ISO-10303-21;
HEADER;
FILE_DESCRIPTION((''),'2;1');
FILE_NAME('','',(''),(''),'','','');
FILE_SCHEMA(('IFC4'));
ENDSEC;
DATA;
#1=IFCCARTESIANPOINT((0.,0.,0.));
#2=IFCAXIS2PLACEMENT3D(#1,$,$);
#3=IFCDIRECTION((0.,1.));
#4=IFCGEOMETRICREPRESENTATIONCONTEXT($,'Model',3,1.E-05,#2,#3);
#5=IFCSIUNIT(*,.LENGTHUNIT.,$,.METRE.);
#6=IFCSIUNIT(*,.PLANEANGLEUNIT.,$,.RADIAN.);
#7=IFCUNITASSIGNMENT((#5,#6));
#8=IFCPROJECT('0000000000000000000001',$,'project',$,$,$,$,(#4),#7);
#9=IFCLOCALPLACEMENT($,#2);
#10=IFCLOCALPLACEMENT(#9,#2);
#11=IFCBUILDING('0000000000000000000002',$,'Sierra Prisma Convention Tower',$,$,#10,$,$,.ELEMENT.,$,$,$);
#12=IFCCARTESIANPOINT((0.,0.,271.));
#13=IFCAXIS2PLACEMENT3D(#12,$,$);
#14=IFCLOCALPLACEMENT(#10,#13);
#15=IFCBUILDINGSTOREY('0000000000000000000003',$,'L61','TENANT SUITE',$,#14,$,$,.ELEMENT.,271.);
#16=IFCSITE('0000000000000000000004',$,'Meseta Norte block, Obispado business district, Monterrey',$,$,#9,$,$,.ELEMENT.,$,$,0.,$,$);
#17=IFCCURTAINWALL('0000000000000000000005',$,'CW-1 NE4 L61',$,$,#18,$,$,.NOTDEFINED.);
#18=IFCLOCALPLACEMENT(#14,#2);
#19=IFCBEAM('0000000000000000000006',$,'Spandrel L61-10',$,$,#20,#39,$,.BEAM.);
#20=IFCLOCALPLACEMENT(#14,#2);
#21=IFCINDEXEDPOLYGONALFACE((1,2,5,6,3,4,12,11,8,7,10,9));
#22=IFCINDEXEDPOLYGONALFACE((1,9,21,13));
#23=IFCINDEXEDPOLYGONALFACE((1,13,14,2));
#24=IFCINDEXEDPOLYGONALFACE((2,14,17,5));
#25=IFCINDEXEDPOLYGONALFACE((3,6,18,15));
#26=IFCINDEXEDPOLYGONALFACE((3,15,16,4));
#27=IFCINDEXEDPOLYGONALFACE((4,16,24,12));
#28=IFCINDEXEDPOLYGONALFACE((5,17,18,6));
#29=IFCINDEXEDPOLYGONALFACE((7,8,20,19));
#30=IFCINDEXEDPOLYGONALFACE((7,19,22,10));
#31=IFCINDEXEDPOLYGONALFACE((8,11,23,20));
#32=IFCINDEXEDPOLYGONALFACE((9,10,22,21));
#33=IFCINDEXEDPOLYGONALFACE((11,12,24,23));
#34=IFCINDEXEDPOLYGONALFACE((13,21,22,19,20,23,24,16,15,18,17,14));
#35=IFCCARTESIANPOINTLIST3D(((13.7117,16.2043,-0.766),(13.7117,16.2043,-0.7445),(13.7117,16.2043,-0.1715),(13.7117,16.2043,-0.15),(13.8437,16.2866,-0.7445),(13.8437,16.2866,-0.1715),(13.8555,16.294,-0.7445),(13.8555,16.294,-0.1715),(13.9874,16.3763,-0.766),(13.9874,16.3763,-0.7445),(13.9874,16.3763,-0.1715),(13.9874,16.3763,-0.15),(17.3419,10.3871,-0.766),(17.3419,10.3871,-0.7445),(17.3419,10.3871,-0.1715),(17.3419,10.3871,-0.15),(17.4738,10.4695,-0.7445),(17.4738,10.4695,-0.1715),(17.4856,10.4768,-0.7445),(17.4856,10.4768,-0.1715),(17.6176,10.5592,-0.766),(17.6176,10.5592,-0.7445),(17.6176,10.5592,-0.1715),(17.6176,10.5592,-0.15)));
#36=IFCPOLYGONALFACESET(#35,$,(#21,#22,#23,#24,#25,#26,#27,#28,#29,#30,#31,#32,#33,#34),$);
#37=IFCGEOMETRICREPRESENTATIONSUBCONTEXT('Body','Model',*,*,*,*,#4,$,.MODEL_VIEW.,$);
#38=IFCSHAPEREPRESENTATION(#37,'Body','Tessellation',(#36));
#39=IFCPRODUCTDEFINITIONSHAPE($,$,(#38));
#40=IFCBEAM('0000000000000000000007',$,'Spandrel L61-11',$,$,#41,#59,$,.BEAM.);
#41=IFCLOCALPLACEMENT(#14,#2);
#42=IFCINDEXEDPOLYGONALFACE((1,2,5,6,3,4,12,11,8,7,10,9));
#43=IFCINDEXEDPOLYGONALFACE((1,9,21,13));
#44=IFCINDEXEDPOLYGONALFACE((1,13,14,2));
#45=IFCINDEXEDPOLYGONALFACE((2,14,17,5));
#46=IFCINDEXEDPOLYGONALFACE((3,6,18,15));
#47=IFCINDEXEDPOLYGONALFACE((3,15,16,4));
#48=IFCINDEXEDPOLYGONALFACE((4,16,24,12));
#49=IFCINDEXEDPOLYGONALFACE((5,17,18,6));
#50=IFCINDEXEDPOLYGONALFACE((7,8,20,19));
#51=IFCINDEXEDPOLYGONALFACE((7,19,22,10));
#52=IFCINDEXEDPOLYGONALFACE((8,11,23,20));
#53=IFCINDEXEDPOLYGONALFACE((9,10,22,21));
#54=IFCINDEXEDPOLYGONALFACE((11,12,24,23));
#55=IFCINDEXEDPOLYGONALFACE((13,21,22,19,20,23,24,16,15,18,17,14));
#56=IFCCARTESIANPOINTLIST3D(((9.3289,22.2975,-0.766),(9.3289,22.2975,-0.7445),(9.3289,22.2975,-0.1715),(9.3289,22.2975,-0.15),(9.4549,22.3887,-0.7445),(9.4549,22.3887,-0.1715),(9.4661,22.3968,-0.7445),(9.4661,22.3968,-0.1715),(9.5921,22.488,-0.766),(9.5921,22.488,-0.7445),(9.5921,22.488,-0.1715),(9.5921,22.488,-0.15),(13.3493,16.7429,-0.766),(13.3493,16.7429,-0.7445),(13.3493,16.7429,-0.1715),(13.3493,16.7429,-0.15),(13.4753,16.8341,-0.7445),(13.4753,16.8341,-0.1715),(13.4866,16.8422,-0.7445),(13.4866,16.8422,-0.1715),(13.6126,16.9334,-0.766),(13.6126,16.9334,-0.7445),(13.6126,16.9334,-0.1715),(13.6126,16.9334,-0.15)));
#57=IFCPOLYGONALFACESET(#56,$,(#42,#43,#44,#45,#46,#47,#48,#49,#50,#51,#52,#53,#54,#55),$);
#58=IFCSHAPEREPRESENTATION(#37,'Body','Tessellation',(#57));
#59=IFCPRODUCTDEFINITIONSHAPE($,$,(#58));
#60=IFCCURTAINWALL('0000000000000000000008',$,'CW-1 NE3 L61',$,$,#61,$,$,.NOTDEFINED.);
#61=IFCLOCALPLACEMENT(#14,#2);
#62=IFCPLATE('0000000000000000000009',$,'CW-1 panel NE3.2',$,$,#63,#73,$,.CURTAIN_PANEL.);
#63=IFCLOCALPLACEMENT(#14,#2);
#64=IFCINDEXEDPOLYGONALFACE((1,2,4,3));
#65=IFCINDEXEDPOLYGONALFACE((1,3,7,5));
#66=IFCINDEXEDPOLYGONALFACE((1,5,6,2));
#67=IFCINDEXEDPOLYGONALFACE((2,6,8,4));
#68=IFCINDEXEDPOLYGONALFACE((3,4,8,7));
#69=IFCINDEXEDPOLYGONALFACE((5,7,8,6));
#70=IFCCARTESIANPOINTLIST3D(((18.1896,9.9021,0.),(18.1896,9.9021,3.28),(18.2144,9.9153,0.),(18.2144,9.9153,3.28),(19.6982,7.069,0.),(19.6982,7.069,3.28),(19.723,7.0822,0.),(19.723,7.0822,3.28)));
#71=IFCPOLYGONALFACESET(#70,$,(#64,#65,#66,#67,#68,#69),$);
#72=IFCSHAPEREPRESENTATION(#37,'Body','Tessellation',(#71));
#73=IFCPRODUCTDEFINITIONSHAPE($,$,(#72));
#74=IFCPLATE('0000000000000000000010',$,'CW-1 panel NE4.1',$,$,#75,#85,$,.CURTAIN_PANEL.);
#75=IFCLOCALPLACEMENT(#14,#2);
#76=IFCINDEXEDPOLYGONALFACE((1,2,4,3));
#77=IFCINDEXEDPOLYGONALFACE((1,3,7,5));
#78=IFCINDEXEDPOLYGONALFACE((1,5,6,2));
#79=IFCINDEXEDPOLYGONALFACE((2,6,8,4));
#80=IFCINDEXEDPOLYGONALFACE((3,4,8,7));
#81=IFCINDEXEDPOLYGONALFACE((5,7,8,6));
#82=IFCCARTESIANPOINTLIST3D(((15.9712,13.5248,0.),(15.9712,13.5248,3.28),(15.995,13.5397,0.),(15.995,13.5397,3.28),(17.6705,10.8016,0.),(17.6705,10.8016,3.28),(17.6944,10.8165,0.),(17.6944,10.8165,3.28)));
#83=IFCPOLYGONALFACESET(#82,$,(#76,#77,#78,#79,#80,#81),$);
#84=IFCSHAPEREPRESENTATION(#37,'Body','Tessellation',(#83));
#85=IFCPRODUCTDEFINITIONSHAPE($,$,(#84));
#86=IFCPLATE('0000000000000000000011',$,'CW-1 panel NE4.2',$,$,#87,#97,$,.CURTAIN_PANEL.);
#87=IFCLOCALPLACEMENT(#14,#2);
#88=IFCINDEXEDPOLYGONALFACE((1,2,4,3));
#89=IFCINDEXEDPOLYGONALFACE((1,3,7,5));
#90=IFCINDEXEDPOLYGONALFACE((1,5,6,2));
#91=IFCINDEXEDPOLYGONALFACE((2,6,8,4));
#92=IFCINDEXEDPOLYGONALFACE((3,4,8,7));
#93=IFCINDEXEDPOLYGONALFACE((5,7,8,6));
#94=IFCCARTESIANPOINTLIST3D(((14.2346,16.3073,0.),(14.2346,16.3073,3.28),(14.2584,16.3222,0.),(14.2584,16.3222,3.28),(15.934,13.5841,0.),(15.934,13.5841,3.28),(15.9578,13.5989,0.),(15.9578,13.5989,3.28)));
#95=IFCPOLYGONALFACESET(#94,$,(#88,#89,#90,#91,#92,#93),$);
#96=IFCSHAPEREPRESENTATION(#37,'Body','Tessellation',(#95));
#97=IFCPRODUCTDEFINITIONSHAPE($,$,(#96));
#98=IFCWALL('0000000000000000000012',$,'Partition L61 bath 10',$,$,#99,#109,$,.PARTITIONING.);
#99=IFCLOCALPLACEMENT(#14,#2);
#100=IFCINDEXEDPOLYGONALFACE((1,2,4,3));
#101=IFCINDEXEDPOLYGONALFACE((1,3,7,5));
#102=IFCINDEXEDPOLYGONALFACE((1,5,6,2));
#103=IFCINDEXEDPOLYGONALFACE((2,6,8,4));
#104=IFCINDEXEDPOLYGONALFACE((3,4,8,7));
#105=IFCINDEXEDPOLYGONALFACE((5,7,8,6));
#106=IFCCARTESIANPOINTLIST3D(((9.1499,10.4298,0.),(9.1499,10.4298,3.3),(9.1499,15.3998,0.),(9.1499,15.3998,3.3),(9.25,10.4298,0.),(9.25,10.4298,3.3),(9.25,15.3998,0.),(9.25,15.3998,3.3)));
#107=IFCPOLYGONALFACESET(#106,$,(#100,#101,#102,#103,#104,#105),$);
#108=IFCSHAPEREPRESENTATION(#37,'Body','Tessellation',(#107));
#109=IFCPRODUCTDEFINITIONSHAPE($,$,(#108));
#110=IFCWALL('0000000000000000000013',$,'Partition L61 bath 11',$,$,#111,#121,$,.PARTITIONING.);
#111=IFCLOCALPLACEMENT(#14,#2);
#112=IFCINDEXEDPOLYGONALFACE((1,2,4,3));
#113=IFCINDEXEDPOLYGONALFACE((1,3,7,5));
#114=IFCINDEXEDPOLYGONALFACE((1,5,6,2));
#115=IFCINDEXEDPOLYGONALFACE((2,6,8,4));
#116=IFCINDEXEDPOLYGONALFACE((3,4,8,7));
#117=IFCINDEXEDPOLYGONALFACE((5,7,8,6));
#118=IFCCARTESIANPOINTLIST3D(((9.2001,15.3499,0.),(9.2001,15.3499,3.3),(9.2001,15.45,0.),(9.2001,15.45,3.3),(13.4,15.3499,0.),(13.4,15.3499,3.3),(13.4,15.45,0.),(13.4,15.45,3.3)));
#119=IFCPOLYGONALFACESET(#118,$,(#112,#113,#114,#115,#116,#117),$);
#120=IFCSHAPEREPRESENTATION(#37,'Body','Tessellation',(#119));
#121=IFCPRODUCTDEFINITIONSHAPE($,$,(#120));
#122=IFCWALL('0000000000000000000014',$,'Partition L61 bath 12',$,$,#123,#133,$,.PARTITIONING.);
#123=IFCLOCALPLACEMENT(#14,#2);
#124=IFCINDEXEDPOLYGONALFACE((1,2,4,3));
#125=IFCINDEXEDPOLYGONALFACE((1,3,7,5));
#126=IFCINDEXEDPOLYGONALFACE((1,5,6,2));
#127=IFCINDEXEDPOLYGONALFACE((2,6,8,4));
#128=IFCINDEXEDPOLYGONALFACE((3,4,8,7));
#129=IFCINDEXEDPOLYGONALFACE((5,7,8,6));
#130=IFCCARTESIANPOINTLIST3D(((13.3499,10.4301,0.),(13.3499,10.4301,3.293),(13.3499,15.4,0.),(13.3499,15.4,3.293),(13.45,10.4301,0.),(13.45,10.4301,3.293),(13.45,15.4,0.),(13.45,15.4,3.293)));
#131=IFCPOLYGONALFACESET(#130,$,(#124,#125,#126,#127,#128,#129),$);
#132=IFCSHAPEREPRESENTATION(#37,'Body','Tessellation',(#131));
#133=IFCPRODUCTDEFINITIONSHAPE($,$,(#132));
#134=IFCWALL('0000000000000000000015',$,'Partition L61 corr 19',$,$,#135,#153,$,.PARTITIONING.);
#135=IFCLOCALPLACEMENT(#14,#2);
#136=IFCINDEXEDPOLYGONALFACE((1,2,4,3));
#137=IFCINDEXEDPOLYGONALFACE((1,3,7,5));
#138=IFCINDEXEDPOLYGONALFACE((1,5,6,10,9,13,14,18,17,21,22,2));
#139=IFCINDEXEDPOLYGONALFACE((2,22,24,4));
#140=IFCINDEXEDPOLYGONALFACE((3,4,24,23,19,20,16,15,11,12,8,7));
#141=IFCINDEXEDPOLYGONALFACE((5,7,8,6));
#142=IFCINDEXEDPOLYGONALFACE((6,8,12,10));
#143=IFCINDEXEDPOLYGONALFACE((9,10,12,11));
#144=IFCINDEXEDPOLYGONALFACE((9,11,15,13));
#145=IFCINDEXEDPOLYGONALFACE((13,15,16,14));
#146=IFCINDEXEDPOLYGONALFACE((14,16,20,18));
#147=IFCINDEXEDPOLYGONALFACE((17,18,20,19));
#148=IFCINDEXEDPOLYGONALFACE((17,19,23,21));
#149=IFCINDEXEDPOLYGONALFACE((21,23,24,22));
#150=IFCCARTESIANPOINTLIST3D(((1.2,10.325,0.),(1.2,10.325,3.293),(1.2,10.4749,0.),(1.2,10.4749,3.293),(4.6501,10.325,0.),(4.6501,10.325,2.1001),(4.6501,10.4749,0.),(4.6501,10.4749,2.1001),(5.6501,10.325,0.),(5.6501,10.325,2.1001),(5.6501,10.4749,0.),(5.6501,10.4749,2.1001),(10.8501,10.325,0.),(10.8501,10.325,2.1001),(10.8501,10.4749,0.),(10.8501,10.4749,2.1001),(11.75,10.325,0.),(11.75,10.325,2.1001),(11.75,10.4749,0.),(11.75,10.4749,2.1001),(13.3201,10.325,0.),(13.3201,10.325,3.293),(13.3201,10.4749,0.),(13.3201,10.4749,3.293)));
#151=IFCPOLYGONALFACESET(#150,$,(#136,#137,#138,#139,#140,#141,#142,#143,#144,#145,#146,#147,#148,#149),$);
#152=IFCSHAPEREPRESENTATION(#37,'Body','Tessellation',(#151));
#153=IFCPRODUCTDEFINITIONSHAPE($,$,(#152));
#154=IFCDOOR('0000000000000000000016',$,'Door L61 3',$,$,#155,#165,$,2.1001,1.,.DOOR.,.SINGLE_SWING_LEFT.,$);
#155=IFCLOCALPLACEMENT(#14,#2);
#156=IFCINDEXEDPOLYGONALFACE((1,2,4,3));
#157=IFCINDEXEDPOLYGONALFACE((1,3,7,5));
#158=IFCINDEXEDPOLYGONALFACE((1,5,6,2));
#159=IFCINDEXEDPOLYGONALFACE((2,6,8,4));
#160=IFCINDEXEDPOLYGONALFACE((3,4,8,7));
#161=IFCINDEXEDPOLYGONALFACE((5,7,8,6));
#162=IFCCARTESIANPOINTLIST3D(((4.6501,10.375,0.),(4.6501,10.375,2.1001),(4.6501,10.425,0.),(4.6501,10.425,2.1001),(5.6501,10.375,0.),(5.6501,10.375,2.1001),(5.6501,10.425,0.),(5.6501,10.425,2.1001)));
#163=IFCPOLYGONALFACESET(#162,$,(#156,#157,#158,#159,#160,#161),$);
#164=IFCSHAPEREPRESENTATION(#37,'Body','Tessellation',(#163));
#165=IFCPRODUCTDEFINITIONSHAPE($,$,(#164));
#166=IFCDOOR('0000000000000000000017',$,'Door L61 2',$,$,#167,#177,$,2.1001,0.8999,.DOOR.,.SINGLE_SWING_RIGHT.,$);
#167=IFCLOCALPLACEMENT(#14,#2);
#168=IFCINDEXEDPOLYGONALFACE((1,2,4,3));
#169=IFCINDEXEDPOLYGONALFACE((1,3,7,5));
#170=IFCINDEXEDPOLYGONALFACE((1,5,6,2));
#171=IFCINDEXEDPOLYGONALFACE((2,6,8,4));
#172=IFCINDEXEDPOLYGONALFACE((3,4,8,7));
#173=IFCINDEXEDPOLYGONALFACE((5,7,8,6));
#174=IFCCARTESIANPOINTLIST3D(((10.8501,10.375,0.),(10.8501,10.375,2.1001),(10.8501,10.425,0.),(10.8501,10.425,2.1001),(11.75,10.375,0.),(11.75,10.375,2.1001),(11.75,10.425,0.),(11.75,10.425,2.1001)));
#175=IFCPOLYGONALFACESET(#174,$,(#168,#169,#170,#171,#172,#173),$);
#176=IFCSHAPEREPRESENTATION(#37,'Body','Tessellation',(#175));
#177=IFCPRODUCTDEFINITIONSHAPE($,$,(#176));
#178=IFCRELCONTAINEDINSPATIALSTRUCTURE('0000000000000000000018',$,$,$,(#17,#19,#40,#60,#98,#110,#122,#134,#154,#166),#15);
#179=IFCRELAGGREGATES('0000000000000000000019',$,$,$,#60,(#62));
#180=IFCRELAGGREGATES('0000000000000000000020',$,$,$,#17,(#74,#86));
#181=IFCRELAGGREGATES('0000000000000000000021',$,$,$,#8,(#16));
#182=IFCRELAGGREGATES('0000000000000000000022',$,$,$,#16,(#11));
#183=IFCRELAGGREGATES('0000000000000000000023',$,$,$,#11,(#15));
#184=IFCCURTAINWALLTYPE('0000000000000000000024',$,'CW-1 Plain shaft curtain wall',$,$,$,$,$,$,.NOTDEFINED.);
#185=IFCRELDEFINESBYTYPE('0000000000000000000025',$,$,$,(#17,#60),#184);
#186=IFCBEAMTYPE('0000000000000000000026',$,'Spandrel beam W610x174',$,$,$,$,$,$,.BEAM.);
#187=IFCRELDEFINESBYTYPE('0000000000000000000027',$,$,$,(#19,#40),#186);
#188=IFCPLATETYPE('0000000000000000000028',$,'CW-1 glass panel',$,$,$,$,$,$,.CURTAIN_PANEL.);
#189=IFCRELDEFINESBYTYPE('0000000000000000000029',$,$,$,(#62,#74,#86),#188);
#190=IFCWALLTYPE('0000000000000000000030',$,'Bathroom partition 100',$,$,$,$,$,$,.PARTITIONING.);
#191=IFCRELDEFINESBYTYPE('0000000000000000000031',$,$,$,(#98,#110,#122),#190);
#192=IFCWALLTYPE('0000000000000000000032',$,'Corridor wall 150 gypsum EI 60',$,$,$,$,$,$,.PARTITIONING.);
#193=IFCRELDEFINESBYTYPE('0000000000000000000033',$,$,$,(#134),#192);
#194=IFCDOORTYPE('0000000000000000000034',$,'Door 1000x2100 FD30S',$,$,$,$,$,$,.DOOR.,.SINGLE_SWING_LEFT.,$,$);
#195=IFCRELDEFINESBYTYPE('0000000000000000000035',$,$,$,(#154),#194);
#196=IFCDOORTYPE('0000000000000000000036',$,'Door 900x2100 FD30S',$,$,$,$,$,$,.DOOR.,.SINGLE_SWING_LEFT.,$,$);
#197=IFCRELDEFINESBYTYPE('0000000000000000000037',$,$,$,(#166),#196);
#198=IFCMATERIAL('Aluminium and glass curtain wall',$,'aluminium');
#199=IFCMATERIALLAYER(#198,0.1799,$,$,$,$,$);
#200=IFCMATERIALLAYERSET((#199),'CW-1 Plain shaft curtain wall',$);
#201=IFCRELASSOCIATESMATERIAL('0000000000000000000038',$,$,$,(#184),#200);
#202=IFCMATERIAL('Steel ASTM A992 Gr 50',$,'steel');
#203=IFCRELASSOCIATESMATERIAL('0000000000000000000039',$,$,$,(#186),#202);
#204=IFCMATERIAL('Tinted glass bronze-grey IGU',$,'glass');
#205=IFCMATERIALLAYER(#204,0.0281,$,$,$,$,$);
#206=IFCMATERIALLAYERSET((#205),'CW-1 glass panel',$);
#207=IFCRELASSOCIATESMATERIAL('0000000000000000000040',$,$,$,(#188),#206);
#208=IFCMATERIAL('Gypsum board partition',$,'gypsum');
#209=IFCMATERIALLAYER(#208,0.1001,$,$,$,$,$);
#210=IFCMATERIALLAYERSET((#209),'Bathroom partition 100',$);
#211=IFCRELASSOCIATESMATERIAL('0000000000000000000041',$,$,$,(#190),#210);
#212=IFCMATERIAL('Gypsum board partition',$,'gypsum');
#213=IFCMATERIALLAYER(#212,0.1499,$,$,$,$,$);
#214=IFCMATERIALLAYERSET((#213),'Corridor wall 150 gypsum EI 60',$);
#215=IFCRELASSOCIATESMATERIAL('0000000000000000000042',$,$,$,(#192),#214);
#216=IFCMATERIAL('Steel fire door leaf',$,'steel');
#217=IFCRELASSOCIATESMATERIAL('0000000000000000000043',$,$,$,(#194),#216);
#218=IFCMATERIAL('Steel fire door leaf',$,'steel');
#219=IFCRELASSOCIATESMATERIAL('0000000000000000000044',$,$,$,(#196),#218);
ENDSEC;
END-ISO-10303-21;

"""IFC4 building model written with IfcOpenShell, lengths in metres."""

from ifc_helpers import new_model, si_unit, direction, frame, frame_2d, origin, origin_2d, place, context, subcontext, project, spatial, rectangle, i_section, extrude, material, layer, layer_set, material_profile, profile_set, type_object, element, fill, aggregate, save


model = new_model("IFC4")

# Units and contexts
model_context = context("Model", 3, precision=1e-05, world=origin(), true_north=direction((0.0, 1.0)))
body_context = subcontext(model_context, "Body", "Model", "MODEL_VIEW")
ifc_project = project(units=[si_unit("LENGTHUNIT", "METRE"), si_unit("PLANEANGLEUNIT", "RADIAN")], contexts=[model_context])

# Site, building, storey
site_placement = place(None, origin())
site = spatial("IfcSite", under=ifc_project, at=site_placement, Name="Meseta Norte block, Obispado business district, Monterrey", CompositionType="ELEMENT", RefElevation=0.0)
building_placement = place(site_placement, origin())
building = spatial("IfcBuilding", under=site, at=building_placement, Name="Sierra Prisma Convention Tower", CompositionType="ELEMENT")
storey_placement = place(building_placement, frame((0.0, 0.0, 271.0)))
storey = spatial("IfcBuildingStorey", under=building, at=storey_placement, Name="L61", Description="TENANT SUITE", CompositionType="ELEMENT", Elevation=271.0)

# Curtain wall
ifc_material_1 = material(Name="Aluminium and glass curtain wall", Category="aluminium")
ifc_layer_1 = layer(ifc_material_1, 0.1799)
ifc_layer_set_1 = layer_set([ifc_layer_1], Name="CW-1 Plain shaft curtain wall")
curtain_wall_type = type_object("IfcCurtainWallType", Name="CW-1 Plain shaft curtain wall", PredefinedType="NOTDEFINED", material=ifc_layer_set_1)
curtain_wall_1_placement = place(storey_placement, origin())
curtain_wall_1 = element("IfcCurtainWall", 1, at=curtain_wall_1_placement, inside=storey, type_object=curtain_wall_type, Name="CW-1 NE4 L61", PredefinedType="NOTDEFINED")

# Beams
ifc_material_2 = material(Name="Steel ASTM A992 Gr 50", Category="steel")
ifc_material_profile_1 = material_profile(ifc_material_2, i_section(OverallWidth=0.325, OverallDepth=0.616, WebThickness=0.0139, FlangeThickness=0.0215, at=origin_2d()), Name="W610x174")
ifc_profile_set_1 = profile_set([ifc_material_profile_1], Name="Steel ASTM A992 Gr 50")
beam_type_1 = type_object("IfcBeamType", Name="Spandrel beam W610x174", PredefinedType="BEAM", material=ifc_profile_set_1)
for number, where, z_axis, x_axis, name in (
    (2, (17.4797, 10.4731, -0.458), (-0.529413, 0.848364, 0.0), (-0.848364, -0.529413, 0.0), "Spandrel L61-10"),
    (3, (13.481, 16.8381, -0.458), (-0.586333, 0.81007, 0.0), (-0.81007, -0.586333, 0.0), "Spandrel L61-11"),
):
    element("IfcBeam", number, at=place(storey_placement, frame(where, z_axis=z_axis, x_axis=x_axis)), inside=storey, type_object=beam_type_1, Name=name, PredefinedType="BEAM", context=body_context, shape_type="SweptSolid", body=[
        extrude(i_section(OverallWidth=0.325, OverallDepth=0.616, WebThickness=0.0139, FlangeThickness=0.0215, at=origin_2d()), origin(), (0.0, 0.0, 1.0), 6.8569),
    ])

# Curtain wall, plate
curtain_wall_2_placement = place(storey_placement, origin())
curtain_wall_2 = element("IfcCurtainWall", 4, at=curtain_wall_2_placement, inside=storey, type_object=curtain_wall_type, Name="CW-1 NE3 L61", PredefinedType="NOTDEFINED")
ifc_material_3 = material(Name="Tinted glass bronze-grey IGU", Category="glass")
ifc_layer_2 = layer(ifc_material_3, 0.0281)
ifc_layer_set_2 = layer_set([ifc_layer_2], Name="CW-1 glass panel")
plate_type = type_object("IfcPlateType", Name="CW-1 glass panel", PredefinedType="CURTAIN_PANEL", material=ifc_layer_set_2)
plate_1_placement = place(storey_placement, frame((18.9563, 8.4922, 0.0), z_axis=(0.0, 0.0, 1.0), x_axis=(-0.470003, 0.882665, 0.0)))
plate_1 = element("IfcPlate", 5, at=plate_1_placement, type_object=plate_type, Name="CW-1 panel NE3.2", PredefinedType="CURTAIN_PANEL", context=body_context, shape_type="SweptSolid", body=[
    extrude(rectangle(XDim=3.2097, YDim=0.0281, at=origin_2d()), origin(), (0.0, 0.0, 1.0), 3.28),
])
aggregate(curtain_wall_2, [plate_1])

# Plates
plate_2_placement = place(storey_placement, frame((16.8328, 12.1707, 0.0), z_axis=(0.0, 0.0, 1.0), x_axis=(-0.529409, 0.848367, 0.0)))
plate_2 = element("IfcPlate", 6, at=plate_2_placement, type_object=plate_type, Name="CW-1 panel NE4.1", PredefinedType="CURTAIN_PANEL", context=body_context, shape_type="SweptSolid", body=[
    extrude(rectangle(XDim=3.21, YDim=0.0281, at=origin_2d()), origin(), (0.0, 0.0, 1.0), 3.28),
])
plate_3_placement = place(storey_placement, frame((15.0962, 14.9531, 0.0), z_axis=(0.0, 0.0, 1.0), x_axis=(-0.529409, 0.848367, 0.0)))
plate_3 = element("IfcPlate", 7, at=plate_3_placement, type_object=plate_type, Name="CW-1 panel NE4.2", PredefinedType="CURTAIN_PANEL", context=body_context, shape_type="SweptSolid", body=[
    extrude(rectangle(XDim=3.21, YDim=0.0281, at=origin_2d()), origin(), (0.0, 0.0, 1.0), 3.28),
])
aggregate(curtain_wall_1, [plate_2, plate_3])

# Walls
ifc_material_4 = material(Name="Gypsum board partition", Category="gypsum")
ifc_layer_3 = layer(ifc_material_4, 0.1001)
ifc_layer_set_3 = layer_set([ifc_layer_3], Name="Bathroom partition 100")
wall_type_1 = type_object("IfcWallType", Name="Bathroom partition 100", PredefinedType="PARTITIONING", material=ifc_layer_set_3)
wall_1_placement = place(storey_placement, frame((9.2, 10.4299, 0.0), z_axis=(0.0, 0.0, 1.0), x_axis=(0.0, 1.0, 0.0)))
element("IfcWall", 8, at=wall_1_placement, inside=storey, type_object=wall_type_1, Name="Partition L61 bath 10", PredefinedType="PARTITIONING", context=body_context, shape_type="SweptSolid", body=[
    extrude(rectangle(XDim=4.97, YDim=0.1001, at=frame_2d((2.4849, 0.0))), origin(), (0.0, 0.0, 1.0), 3.3),
])
wall_2_placement = place(storey_placement, frame((9.2, 15.3999, 0.0), z_axis=(0.0, 0.0, 1.0), x_axis=(1.0, 0.0, 0.0)))
element("IfcWall", 9, at=wall_2_placement, inside=storey, type_object=wall_type_1, Name="Partition L61 bath 11", PredefinedType="PARTITIONING", context=body_context, shape_type="SweptSolid", body=[
    extrude(rectangle(XDim=4.2, YDim=0.1001, at=frame_2d((2.1001, 0.0))), origin(), (0.0, 0.0, 1.0), 3.3),
])
wall_3_placement = place(storey_placement, frame((13.3999, 15.3999, 0.0), z_axis=(0.0, 0.0, 1.0), x_axis=(0.0, -1.0, 0.0)))
element("IfcWall", 10, at=wall_3_placement, inside=storey, type_object=wall_type_1, Name="Partition L61 bath 12", PredefinedType="PARTITIONING", context=body_context, shape_type="SweptSolid", body=[
    extrude(rectangle(XDim=4.97, YDim=0.1001, at=frame_2d((2.4849, 0.0))), origin(), (0.0, 0.0, 1.0), 3.293),
])

# Wall, openings, doors
ifc_material_5 = material(Name="Gypsum board partition", Category="gypsum")
ifc_layer_4 = layer(ifc_material_5, 0.1499)
ifc_layer_set_4 = layer_set([ifc_layer_4], Name="Corridor wall 150 gypsum EI 60")
wall_type_2 = type_object("IfcWallType", Name="Corridor wall 150 gypsum EI 60", PredefinedType="PARTITIONING", material=ifc_layer_set_4)
wall_4_placement = place(storey_placement, frame((13.3201, 10.3999, 0.0), z_axis=(0.0, 0.0, 1.0), x_axis=(-1.0, 0.0, 0.0)))
wall_4 = element("IfcWall", 11, at=wall_4_placement, inside=storey, type_object=wall_type_2, Name="Partition L61 corr 19", PredefinedType="PARTITIONING", context=body_context, shape_type="SweptSolid", body=[
    extrude(rectangle(XDim=12.1201, YDim=0.1499, at=frame_2d((6.0601, 0.0))), origin(), (0.0, 0.0, 1.0), 3.293),
])
opening_1_placement = place(wall_4_placement, frame((1.5701, 0.0, 0.0)))
opening_1 = element("IfcOpeningElement", 12, at=opening_1_placement, cuts=wall_4, PredefinedType="OPENING", context=body_context, shape_type="SweptSolid", body=[
    extrude(rectangle(XDim=0.8999, YDim=2.1001, at=frame_2d((0.45, 1.05))), frame((0.0, 0.075, 0.0), z_axis=(0.0, -1.0, 0.0), x_axis=(1.0, 0.0, 0.0)), (0.0, 0.0, 1.0), 0.1499),
])
opening_2_placement = place(wall_4_placement, frame((7.6699, 0.0, 0.0)))
opening_2 = element("IfcOpeningElement", 13, at=opening_2_placement, cuts=wall_4, PredefinedType="OPENING", context=body_context, shape_type="SweptSolid", body=[
    extrude(rectangle(XDim=1.0, YDim=2.1001, at=frame_2d((0.5, 1.05))), frame((0.0, 0.075, 0.0), z_axis=(0.0, -1.0, 0.0), x_axis=(1.0, 0.0, 0.0)), (0.0, 0.0, 1.0), 0.1499),
])
ifc_material_6 = material(Name="Steel fire door leaf", Category="steel")
door_type_1 = type_object("IfcDoorType", Name="Door 1000x2100 FD30S", OperationType="SINGLE_SWING_LEFT", PredefinedType="DOOR", material=ifc_material_6)
door_1_placement = place(opening_2_placement, origin())
door_1 = element("IfcDoor", 14, at=door_1_placement, inside=storey, type_object=door_type_1, Name="Door L61 3", OperationType="SINGLE_SWING_LEFT", OverallHeight=2.1001, OverallWidth=1.0, PredefinedType="DOOR", context=body_context, shape_type="SweptSolid", body=[
    extrude(rectangle(XDim=1.0, YDim=2.1001, at=frame_2d((0.5, 1.05))), frame((0.0, 0.0249, 0.0), z_axis=(0.0, -1.0, 0.0), x_axis=(1.0, 0.0, 0.0)), (0.0, 0.0, 1.0), 0.05),
])
fill(opening_2, door_1)
ifc_material_7 = material(Name="Steel fire door leaf", Category="steel")
door_type_2 = type_object("IfcDoorType", Name="Door 900x2100 FD30S", OperationType="SINGLE_SWING_LEFT", PredefinedType="DOOR", material=ifc_material_7)
door_2_placement = place(opening_1_placement, origin())
door_2 = element("IfcDoor", 15, at=door_2_placement, inside=storey, type_object=door_type_2, Name="Door L61 2", OperationType="SINGLE_SWING_RIGHT", OverallHeight=2.1001, OverallWidth=0.8999, PredefinedType="DOOR", context=body_context, shape_type="SweptSolid", body=[
    extrude(rectangle(XDim=0.8999, YDim=2.1001, at=frame_2d((0.45, 1.05))), frame((0.0, 0.0249, 0.0), z_axis=(0.0, -1.0, 0.0), x_axis=(1.0, 0.0, 0.0)), (0.0, 0.0, 1.0), 0.05),
])
fill(opening_1, door_2)

save(model, "model.ifc")
